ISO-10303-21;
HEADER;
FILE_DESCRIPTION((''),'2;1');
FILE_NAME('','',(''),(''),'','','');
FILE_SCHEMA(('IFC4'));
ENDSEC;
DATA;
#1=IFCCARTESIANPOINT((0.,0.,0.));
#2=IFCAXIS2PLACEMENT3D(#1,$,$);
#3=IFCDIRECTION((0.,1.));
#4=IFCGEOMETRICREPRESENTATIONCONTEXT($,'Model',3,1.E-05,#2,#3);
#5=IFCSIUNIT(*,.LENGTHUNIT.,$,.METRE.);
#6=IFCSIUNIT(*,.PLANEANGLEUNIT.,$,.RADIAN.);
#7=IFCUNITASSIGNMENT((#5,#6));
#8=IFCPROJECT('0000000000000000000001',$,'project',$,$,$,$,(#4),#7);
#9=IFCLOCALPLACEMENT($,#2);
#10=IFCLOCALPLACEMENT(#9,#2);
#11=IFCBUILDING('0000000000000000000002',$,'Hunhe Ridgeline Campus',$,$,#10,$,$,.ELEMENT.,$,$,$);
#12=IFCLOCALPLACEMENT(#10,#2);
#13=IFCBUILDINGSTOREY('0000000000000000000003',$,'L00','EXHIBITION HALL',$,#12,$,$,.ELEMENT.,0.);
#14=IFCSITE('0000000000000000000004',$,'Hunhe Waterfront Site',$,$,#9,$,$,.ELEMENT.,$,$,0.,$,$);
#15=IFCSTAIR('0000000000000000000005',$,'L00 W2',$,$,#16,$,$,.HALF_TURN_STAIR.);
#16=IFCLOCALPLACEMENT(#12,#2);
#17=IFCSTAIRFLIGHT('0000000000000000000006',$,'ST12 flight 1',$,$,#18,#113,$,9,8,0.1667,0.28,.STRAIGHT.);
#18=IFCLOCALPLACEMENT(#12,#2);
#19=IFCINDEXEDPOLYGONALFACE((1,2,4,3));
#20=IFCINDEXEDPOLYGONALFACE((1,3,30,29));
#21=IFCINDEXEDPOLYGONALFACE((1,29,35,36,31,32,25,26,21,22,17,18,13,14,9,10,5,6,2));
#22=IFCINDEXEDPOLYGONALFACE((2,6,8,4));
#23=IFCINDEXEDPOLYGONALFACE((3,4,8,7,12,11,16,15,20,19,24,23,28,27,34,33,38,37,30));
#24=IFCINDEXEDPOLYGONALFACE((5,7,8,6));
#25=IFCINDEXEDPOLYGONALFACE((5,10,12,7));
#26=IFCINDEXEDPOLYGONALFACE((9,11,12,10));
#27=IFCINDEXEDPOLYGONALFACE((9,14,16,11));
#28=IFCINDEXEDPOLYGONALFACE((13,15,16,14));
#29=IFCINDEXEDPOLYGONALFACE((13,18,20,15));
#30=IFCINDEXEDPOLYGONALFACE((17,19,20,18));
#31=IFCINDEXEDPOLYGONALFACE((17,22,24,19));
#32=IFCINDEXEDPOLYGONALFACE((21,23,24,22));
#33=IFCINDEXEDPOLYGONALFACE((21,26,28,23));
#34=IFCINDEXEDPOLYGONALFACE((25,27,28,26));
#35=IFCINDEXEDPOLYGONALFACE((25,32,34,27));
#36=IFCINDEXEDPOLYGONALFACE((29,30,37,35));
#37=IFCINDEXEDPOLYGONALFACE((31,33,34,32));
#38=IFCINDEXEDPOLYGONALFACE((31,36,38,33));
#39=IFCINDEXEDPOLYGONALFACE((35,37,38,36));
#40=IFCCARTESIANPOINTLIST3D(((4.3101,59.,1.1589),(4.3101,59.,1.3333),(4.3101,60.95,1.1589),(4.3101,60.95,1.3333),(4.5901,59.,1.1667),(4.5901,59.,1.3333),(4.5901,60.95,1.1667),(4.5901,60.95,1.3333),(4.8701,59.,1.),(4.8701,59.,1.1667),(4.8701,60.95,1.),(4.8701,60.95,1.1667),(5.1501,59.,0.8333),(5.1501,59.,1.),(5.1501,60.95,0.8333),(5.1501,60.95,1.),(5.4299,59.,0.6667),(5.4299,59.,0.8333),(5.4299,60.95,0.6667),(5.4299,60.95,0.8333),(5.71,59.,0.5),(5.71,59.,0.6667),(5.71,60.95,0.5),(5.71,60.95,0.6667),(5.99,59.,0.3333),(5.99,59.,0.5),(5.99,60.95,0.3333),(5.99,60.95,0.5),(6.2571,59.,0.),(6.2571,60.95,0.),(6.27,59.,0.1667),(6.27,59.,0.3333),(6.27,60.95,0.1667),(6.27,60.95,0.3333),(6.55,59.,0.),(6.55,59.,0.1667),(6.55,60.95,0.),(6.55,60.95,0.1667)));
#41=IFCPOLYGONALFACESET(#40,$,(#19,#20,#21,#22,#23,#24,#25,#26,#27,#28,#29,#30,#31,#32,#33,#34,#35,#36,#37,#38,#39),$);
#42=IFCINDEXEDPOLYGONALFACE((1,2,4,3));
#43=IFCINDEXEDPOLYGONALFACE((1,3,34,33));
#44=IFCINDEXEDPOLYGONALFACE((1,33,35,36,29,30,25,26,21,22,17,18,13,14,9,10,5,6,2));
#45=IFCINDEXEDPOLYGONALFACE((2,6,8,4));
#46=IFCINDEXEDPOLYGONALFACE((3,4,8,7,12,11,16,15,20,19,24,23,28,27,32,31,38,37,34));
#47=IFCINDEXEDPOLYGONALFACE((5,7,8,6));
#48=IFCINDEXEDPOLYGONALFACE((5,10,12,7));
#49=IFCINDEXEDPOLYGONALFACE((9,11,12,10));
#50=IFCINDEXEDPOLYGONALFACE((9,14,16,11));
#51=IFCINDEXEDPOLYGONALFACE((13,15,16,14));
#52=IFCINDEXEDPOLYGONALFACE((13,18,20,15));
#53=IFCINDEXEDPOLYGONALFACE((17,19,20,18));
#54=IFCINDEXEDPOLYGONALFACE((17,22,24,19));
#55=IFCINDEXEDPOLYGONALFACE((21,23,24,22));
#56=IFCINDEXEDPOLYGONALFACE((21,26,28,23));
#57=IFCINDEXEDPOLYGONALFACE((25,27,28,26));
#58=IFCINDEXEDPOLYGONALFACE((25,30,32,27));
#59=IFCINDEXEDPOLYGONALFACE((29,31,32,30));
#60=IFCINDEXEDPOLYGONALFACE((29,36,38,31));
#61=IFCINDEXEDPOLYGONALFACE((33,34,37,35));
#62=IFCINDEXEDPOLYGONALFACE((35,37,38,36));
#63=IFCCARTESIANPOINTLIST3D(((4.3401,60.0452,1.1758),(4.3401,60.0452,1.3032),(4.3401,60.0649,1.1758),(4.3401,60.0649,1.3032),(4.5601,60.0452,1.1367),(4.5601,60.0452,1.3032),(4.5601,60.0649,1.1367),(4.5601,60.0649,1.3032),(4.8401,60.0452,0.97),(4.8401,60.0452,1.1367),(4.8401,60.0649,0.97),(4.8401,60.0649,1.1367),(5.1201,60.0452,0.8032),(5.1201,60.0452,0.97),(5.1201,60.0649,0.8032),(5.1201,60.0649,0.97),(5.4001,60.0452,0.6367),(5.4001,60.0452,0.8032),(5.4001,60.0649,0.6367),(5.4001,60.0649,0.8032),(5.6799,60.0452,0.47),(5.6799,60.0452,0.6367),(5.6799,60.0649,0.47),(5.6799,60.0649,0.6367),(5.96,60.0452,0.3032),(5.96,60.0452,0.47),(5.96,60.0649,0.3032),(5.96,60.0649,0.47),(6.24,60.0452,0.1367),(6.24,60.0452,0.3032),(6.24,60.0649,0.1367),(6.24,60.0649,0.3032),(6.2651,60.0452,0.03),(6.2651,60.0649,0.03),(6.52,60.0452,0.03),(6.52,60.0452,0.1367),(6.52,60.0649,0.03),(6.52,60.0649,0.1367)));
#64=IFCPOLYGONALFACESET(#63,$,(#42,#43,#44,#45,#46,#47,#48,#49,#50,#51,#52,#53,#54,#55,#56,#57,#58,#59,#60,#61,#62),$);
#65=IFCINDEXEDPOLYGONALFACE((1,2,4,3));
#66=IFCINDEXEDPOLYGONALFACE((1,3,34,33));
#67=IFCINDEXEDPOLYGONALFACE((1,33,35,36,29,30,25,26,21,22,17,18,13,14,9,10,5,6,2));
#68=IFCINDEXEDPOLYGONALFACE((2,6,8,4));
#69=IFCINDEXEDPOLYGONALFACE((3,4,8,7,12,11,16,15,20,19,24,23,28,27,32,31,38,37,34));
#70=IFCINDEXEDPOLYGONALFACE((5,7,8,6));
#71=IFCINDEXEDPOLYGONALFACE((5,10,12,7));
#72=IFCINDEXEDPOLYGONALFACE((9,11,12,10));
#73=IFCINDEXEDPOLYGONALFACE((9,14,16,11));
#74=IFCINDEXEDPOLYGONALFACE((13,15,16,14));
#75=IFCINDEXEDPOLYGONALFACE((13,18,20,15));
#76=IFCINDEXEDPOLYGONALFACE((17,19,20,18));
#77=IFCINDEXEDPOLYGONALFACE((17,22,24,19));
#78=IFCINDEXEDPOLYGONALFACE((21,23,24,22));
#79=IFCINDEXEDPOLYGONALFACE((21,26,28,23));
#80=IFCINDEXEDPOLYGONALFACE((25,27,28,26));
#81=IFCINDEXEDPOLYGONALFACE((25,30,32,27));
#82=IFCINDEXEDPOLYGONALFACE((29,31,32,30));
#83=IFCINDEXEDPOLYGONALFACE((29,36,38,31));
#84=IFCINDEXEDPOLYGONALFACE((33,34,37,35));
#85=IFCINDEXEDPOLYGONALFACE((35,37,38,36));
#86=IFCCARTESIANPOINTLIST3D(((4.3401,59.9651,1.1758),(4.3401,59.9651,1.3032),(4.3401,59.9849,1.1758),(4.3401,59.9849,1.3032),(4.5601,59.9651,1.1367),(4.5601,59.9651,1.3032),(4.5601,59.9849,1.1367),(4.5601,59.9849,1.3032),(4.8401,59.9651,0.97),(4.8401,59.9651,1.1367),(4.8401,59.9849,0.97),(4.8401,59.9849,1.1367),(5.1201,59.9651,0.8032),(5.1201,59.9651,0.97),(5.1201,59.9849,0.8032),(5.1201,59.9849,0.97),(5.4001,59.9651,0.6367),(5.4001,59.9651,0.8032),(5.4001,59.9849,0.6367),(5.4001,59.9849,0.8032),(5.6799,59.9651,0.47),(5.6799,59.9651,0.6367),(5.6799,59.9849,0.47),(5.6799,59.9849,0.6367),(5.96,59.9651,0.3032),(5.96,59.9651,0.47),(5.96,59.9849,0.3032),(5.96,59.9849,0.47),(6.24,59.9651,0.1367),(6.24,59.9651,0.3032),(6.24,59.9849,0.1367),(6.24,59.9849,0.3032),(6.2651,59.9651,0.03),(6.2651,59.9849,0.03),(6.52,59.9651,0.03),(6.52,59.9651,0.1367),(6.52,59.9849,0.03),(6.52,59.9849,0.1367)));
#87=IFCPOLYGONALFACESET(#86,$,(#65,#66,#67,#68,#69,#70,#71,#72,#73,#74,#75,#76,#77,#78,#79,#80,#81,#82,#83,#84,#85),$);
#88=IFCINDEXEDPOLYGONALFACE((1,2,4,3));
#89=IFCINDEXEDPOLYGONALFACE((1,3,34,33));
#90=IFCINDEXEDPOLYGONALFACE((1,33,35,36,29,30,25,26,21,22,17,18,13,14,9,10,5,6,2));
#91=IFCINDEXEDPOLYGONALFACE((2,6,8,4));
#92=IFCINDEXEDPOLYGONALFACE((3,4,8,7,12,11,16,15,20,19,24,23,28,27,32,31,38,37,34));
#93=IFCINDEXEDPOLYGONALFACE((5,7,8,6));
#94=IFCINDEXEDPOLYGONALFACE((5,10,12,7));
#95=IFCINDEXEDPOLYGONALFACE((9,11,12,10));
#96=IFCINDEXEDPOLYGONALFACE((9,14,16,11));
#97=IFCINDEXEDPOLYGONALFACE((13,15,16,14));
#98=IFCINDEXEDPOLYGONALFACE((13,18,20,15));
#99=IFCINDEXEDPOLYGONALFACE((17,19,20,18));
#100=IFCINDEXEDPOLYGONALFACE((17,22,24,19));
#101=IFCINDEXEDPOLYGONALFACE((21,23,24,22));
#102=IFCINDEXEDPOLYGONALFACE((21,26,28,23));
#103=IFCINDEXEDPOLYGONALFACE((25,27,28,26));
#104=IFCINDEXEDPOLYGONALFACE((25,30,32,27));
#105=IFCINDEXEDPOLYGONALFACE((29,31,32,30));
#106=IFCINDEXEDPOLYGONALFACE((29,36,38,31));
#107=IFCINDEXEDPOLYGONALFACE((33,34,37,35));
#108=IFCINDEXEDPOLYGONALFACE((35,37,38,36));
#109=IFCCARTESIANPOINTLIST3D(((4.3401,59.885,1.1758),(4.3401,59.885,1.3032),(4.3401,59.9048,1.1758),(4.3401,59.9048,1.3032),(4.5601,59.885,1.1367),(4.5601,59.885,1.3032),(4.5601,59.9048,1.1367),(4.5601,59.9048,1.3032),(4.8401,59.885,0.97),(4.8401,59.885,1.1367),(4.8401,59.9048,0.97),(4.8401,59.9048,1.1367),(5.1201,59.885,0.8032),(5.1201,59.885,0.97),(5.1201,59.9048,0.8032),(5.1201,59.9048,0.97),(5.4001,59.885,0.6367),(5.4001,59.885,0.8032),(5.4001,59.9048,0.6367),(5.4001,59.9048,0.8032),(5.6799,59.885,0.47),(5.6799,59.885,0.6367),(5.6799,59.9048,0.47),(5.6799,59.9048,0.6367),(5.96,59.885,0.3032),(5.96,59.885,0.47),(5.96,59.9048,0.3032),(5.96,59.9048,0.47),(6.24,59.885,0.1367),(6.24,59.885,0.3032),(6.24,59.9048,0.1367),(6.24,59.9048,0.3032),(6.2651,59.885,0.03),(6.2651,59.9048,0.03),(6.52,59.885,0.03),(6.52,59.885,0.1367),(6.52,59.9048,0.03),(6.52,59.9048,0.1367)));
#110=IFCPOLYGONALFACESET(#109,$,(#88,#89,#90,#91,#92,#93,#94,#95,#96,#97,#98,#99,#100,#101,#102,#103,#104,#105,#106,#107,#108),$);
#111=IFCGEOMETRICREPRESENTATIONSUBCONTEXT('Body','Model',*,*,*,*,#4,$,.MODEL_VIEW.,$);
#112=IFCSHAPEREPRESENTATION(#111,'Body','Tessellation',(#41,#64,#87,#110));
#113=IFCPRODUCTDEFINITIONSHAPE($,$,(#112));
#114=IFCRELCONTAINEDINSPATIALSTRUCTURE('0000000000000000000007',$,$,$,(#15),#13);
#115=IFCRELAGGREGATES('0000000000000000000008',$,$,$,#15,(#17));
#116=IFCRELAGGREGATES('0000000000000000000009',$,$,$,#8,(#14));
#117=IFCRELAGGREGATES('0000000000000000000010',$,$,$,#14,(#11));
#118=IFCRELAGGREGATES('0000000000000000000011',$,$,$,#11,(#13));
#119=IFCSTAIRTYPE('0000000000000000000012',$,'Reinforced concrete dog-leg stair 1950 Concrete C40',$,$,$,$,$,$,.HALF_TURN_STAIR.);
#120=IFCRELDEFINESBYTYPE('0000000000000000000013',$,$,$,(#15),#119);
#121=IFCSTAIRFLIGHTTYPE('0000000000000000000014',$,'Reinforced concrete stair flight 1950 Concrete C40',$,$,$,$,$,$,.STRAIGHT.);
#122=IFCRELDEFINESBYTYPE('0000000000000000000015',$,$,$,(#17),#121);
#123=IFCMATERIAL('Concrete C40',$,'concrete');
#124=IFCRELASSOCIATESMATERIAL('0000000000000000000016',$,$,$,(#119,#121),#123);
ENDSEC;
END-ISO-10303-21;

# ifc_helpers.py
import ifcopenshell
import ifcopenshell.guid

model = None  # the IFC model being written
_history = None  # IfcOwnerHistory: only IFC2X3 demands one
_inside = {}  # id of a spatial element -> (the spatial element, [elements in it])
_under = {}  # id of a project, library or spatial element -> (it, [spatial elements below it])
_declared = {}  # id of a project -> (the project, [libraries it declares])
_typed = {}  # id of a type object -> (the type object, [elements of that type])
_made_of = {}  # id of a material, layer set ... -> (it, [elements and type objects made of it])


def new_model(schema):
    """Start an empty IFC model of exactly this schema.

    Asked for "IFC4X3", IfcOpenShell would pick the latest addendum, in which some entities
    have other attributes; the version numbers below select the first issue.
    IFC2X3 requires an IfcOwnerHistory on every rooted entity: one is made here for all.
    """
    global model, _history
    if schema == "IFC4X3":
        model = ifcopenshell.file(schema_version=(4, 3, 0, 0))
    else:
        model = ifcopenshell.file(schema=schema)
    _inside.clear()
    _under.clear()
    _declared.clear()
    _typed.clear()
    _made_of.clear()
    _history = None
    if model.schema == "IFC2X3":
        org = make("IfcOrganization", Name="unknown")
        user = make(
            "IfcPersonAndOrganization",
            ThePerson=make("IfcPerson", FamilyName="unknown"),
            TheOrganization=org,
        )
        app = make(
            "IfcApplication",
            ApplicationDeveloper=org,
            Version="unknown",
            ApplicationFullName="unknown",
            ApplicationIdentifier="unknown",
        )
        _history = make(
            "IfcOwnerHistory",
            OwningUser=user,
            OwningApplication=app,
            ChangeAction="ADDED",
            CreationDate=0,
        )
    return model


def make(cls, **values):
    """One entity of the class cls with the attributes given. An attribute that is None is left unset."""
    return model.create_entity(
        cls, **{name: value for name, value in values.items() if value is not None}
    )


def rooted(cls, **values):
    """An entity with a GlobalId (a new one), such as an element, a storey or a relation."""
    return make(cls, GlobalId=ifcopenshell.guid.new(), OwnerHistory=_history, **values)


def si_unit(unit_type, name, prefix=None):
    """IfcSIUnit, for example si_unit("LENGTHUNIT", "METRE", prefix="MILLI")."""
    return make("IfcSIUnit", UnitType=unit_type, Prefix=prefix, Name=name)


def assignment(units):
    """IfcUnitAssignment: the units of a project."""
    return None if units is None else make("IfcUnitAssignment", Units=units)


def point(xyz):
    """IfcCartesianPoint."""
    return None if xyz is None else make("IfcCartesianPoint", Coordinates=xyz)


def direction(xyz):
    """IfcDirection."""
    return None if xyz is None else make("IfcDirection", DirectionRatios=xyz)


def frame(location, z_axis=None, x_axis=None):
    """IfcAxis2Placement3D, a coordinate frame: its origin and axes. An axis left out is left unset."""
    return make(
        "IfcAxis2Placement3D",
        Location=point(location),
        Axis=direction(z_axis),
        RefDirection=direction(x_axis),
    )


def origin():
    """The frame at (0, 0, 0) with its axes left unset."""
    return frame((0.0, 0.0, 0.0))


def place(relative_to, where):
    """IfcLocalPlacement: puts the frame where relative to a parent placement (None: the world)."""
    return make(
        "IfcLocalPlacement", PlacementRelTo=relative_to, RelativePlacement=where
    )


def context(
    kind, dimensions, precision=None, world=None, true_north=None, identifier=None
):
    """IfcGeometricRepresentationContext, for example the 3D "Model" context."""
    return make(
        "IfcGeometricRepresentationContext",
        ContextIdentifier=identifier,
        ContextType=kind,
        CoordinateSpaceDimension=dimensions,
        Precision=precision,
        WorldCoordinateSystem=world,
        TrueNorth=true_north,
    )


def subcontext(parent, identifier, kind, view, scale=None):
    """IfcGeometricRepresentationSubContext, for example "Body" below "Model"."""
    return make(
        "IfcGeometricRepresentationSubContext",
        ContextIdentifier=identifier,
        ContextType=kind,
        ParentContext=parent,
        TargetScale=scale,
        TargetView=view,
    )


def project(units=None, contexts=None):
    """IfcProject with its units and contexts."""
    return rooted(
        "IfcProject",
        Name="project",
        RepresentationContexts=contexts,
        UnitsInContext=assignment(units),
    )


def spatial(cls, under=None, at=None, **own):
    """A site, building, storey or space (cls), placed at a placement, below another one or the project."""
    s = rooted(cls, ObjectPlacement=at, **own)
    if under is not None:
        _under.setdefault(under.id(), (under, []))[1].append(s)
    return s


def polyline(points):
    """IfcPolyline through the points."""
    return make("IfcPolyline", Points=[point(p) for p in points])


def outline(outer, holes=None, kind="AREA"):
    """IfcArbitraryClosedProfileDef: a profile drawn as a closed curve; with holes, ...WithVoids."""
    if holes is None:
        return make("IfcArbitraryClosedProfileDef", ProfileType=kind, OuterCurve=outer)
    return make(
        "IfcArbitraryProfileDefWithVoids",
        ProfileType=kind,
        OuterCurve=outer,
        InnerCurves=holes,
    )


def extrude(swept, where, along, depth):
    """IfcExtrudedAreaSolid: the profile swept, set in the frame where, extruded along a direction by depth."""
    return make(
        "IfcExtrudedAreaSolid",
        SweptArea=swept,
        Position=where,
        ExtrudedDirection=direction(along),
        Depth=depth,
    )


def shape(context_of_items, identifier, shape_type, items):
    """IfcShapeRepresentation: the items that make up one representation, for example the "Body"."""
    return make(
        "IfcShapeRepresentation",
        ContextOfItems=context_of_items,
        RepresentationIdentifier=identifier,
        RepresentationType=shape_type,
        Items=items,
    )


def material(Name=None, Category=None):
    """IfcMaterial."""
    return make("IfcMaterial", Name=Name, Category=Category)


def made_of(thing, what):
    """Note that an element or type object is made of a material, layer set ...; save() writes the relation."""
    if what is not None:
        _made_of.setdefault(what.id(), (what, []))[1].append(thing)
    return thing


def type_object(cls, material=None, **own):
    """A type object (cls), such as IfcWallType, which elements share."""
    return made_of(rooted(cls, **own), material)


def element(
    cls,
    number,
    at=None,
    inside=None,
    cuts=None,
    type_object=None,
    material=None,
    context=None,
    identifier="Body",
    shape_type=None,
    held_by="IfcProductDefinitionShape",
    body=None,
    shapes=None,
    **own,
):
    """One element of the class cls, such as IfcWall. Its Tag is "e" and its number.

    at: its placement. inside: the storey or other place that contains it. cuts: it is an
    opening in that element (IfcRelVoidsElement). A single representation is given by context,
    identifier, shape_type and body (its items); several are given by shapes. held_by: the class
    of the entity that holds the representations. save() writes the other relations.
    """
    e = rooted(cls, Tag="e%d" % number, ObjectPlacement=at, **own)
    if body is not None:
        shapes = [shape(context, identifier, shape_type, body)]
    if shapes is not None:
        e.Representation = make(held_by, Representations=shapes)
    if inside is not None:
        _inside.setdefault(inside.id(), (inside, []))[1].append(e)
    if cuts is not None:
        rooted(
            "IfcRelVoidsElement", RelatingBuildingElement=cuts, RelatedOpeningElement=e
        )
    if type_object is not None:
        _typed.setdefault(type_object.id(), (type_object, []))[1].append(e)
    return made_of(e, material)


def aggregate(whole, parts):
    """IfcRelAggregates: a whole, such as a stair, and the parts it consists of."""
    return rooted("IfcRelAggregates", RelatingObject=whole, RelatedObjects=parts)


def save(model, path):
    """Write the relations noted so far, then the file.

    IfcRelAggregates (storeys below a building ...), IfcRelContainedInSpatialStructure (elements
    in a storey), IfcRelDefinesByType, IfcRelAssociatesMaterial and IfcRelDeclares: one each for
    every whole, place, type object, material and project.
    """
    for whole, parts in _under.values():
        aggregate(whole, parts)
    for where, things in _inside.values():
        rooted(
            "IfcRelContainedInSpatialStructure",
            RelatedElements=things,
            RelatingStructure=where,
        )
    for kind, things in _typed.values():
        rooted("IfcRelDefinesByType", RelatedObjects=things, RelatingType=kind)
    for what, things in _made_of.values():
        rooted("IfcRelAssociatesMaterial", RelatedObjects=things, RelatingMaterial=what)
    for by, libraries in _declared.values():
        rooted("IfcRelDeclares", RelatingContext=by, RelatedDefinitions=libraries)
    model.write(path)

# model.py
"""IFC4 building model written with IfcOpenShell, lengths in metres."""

from ifc_helpers import new_model, si_unit, direction, frame, origin, place, context, subcontext, project, spatial, polyline, outline, extrude, material, type_object, element, aggregate, save


model = new_model("IFC4")

# Units and contexts
model_context = context("Model", 3, precision=1e-05, world=origin(), true_north=direction((0.0, 1.0)))
body_context = subcontext(model_context, "Body", "Model", "MODEL_VIEW")
ifc_project = project(units=[si_unit("LENGTHUNIT", "METRE"), si_unit("PLANEANGLEUNIT", "RADIAN")], contexts=[model_context])

# Site, building, storey
site_placement = place(None, origin())
site = spatial("IfcSite", under=ifc_project, at=site_placement, Name="Hunhe Waterfront Site", CompositionType="ELEMENT", RefElevation=0.0)
building_placement = place(site_placement, origin())
building = spatial("IfcBuilding", under=site, at=building_placement, Name="Hunhe Ridgeline Campus", CompositionType="ELEMENT")
storey_placement = place(building_placement, origin())
storey = spatial("IfcBuildingStorey", under=building, at=storey_placement, Name="L00", Description="EXHIBITION HALL", CompositionType="ELEMENT", Elevation=0.0)

# Stair, stair flight
ifc_material_1 = material(Name="Concrete C40", Category="concrete")
stair_type = type_object("IfcStairType", Name="Reinforced concrete dog-leg stair 1950 Concrete C40", PredefinedType="HALF_TURN_STAIR", material=ifc_material_1)
stair_flight_type = type_object("IfcStairFlightType", Name="Reinforced concrete stair flight 1950 Concrete C40", PredefinedType="STRAIGHT", material=ifc_material_1)
stair_1_placement = place(storey_placement, origin())
stair_1 = element("IfcStair", 1, at=stair_1_placement, inside=storey, type_object=stair_type, Name="L00 W2", PredefinedType="HALF_TURN_STAIR")
stair_flight_1_placement = place(storey_placement, frame((6.55, 59.9751, 0.0), z_axis=(0.0, 0.0, 1.0), x_axis=(-1.0, 0.0, 0.0)))
stair_flight_1 = element("IfcStairFlight", 2, at=stair_flight_1_placement, type_object=stair_flight_type, Name="ST12 flight 1", NumberOfRisers=9, NumberOfTreads=8, PredefinedType="STRAIGHT", RiserHeight=0.1667, TreadLength=0.28, context=body_context, shape_type="SweptSolid", body=[
    extrude(outline(polyline([(0.0, 0.0), (0.0, 0.1667), (0.28, 0.1667), (0.28, 0.3333), (0.5601, 0.3333), (0.5601, 0.5), (0.8401, 0.5), (0.8401, 0.6667), (1.1201, 0.6667), (1.1201, 0.8333), (1.3999, 0.8333), (1.3999, 1.0), (1.6799, 1.0), (1.6799, 1.1667), (1.96, 1.1667), (1.96, 1.3333), (2.24, 1.3333), (2.24, 1.5), (2.24, 1.1589), (0.293, 0.0), (0.0, 0.0)])), frame((0.0, 0.9751, 0.0), z_axis=(0.0, -1.0, 0.0), x_axis=(1.0, 0.0, 0.0)), (0.0, 0.0, 1.0), 1.95),
    extrude(outline(polyline([(0.03, 0.03), (0.03, 0.1367), (0.3101, 0.1367), (0.3101, 0.3032), (0.5901, 0.3032), (0.5901, 0.47), (0.8701, 0.47), (0.8701, 0.6367), (1.1499, 0.6367), (1.1499, 0.8032), (1.4299, 0.8032), (1.4299, 0.97), (1.71, 0.97), (1.71, 1.1367), (1.99, 1.1367), (1.99, 1.3032), (2.21, 1.3032), (2.21, 1.1758), (0.2849, 0.03), (0.03, 0.03)])), frame((0.0, -0.0701, 0.0), z_axis=(0.0, -1.0, 0.0), x_axis=(1.0, 0.0, 0.0)), (0.0, 0.0, 1.0), 0.0198),
    extrude(outline(polyline([(0.03, 0.03), (0.03, 0.1367), (0.3101, 0.1367), (0.3101, 0.3032), (0.5901, 0.3032), (0.5901, 0.47), (0.8701, 0.47), (0.8701, 0.6367), (1.1499, 0.6367), (1.1499, 0.8032), (1.4299, 0.8032), (1.4299, 0.97), (1.71, 0.97), (1.71, 1.1367), (1.99, 1.1367), (1.99, 1.3032), (2.21, 1.3032), (2.21, 1.1758), (0.2849, 0.03), (0.03, 0.03)])), frame((0.0, 0.01, 0.0), z_axis=(0.0, -1.0, 0.0), x_axis=(1.0, 0.0, 0.0)), (0.0, 0.0, 1.0), 0.0198),
    extrude(outline(polyline([(0.03, 0.03), (0.03, 0.1367), (0.3101, 0.1367), (0.3101, 0.3032), (0.5901, 0.3032), (0.5901, 0.47), (0.8701, 0.47), (0.8701, 0.6367), (1.1499, 0.6367), (1.1499, 0.8032), (1.4299, 0.8032), (1.4299, 0.97), (1.71, 0.97), (1.71, 1.1367), (1.99, 1.1367), (1.99, 1.3032), (2.21, 1.3032), (2.21, 1.1758), (0.2849, 0.03), (0.03, 0.03)])), frame((0.0, 0.0901, 0.0), z_axis=(0.0, -1.0, 0.0), x_axis=(1.0, 0.0, 0.0)), (0.0, 0.0, 1.0), 0.0198),
])
aggregate(stair_1, [stair_flight_1])

save(model, "model.ifc")
